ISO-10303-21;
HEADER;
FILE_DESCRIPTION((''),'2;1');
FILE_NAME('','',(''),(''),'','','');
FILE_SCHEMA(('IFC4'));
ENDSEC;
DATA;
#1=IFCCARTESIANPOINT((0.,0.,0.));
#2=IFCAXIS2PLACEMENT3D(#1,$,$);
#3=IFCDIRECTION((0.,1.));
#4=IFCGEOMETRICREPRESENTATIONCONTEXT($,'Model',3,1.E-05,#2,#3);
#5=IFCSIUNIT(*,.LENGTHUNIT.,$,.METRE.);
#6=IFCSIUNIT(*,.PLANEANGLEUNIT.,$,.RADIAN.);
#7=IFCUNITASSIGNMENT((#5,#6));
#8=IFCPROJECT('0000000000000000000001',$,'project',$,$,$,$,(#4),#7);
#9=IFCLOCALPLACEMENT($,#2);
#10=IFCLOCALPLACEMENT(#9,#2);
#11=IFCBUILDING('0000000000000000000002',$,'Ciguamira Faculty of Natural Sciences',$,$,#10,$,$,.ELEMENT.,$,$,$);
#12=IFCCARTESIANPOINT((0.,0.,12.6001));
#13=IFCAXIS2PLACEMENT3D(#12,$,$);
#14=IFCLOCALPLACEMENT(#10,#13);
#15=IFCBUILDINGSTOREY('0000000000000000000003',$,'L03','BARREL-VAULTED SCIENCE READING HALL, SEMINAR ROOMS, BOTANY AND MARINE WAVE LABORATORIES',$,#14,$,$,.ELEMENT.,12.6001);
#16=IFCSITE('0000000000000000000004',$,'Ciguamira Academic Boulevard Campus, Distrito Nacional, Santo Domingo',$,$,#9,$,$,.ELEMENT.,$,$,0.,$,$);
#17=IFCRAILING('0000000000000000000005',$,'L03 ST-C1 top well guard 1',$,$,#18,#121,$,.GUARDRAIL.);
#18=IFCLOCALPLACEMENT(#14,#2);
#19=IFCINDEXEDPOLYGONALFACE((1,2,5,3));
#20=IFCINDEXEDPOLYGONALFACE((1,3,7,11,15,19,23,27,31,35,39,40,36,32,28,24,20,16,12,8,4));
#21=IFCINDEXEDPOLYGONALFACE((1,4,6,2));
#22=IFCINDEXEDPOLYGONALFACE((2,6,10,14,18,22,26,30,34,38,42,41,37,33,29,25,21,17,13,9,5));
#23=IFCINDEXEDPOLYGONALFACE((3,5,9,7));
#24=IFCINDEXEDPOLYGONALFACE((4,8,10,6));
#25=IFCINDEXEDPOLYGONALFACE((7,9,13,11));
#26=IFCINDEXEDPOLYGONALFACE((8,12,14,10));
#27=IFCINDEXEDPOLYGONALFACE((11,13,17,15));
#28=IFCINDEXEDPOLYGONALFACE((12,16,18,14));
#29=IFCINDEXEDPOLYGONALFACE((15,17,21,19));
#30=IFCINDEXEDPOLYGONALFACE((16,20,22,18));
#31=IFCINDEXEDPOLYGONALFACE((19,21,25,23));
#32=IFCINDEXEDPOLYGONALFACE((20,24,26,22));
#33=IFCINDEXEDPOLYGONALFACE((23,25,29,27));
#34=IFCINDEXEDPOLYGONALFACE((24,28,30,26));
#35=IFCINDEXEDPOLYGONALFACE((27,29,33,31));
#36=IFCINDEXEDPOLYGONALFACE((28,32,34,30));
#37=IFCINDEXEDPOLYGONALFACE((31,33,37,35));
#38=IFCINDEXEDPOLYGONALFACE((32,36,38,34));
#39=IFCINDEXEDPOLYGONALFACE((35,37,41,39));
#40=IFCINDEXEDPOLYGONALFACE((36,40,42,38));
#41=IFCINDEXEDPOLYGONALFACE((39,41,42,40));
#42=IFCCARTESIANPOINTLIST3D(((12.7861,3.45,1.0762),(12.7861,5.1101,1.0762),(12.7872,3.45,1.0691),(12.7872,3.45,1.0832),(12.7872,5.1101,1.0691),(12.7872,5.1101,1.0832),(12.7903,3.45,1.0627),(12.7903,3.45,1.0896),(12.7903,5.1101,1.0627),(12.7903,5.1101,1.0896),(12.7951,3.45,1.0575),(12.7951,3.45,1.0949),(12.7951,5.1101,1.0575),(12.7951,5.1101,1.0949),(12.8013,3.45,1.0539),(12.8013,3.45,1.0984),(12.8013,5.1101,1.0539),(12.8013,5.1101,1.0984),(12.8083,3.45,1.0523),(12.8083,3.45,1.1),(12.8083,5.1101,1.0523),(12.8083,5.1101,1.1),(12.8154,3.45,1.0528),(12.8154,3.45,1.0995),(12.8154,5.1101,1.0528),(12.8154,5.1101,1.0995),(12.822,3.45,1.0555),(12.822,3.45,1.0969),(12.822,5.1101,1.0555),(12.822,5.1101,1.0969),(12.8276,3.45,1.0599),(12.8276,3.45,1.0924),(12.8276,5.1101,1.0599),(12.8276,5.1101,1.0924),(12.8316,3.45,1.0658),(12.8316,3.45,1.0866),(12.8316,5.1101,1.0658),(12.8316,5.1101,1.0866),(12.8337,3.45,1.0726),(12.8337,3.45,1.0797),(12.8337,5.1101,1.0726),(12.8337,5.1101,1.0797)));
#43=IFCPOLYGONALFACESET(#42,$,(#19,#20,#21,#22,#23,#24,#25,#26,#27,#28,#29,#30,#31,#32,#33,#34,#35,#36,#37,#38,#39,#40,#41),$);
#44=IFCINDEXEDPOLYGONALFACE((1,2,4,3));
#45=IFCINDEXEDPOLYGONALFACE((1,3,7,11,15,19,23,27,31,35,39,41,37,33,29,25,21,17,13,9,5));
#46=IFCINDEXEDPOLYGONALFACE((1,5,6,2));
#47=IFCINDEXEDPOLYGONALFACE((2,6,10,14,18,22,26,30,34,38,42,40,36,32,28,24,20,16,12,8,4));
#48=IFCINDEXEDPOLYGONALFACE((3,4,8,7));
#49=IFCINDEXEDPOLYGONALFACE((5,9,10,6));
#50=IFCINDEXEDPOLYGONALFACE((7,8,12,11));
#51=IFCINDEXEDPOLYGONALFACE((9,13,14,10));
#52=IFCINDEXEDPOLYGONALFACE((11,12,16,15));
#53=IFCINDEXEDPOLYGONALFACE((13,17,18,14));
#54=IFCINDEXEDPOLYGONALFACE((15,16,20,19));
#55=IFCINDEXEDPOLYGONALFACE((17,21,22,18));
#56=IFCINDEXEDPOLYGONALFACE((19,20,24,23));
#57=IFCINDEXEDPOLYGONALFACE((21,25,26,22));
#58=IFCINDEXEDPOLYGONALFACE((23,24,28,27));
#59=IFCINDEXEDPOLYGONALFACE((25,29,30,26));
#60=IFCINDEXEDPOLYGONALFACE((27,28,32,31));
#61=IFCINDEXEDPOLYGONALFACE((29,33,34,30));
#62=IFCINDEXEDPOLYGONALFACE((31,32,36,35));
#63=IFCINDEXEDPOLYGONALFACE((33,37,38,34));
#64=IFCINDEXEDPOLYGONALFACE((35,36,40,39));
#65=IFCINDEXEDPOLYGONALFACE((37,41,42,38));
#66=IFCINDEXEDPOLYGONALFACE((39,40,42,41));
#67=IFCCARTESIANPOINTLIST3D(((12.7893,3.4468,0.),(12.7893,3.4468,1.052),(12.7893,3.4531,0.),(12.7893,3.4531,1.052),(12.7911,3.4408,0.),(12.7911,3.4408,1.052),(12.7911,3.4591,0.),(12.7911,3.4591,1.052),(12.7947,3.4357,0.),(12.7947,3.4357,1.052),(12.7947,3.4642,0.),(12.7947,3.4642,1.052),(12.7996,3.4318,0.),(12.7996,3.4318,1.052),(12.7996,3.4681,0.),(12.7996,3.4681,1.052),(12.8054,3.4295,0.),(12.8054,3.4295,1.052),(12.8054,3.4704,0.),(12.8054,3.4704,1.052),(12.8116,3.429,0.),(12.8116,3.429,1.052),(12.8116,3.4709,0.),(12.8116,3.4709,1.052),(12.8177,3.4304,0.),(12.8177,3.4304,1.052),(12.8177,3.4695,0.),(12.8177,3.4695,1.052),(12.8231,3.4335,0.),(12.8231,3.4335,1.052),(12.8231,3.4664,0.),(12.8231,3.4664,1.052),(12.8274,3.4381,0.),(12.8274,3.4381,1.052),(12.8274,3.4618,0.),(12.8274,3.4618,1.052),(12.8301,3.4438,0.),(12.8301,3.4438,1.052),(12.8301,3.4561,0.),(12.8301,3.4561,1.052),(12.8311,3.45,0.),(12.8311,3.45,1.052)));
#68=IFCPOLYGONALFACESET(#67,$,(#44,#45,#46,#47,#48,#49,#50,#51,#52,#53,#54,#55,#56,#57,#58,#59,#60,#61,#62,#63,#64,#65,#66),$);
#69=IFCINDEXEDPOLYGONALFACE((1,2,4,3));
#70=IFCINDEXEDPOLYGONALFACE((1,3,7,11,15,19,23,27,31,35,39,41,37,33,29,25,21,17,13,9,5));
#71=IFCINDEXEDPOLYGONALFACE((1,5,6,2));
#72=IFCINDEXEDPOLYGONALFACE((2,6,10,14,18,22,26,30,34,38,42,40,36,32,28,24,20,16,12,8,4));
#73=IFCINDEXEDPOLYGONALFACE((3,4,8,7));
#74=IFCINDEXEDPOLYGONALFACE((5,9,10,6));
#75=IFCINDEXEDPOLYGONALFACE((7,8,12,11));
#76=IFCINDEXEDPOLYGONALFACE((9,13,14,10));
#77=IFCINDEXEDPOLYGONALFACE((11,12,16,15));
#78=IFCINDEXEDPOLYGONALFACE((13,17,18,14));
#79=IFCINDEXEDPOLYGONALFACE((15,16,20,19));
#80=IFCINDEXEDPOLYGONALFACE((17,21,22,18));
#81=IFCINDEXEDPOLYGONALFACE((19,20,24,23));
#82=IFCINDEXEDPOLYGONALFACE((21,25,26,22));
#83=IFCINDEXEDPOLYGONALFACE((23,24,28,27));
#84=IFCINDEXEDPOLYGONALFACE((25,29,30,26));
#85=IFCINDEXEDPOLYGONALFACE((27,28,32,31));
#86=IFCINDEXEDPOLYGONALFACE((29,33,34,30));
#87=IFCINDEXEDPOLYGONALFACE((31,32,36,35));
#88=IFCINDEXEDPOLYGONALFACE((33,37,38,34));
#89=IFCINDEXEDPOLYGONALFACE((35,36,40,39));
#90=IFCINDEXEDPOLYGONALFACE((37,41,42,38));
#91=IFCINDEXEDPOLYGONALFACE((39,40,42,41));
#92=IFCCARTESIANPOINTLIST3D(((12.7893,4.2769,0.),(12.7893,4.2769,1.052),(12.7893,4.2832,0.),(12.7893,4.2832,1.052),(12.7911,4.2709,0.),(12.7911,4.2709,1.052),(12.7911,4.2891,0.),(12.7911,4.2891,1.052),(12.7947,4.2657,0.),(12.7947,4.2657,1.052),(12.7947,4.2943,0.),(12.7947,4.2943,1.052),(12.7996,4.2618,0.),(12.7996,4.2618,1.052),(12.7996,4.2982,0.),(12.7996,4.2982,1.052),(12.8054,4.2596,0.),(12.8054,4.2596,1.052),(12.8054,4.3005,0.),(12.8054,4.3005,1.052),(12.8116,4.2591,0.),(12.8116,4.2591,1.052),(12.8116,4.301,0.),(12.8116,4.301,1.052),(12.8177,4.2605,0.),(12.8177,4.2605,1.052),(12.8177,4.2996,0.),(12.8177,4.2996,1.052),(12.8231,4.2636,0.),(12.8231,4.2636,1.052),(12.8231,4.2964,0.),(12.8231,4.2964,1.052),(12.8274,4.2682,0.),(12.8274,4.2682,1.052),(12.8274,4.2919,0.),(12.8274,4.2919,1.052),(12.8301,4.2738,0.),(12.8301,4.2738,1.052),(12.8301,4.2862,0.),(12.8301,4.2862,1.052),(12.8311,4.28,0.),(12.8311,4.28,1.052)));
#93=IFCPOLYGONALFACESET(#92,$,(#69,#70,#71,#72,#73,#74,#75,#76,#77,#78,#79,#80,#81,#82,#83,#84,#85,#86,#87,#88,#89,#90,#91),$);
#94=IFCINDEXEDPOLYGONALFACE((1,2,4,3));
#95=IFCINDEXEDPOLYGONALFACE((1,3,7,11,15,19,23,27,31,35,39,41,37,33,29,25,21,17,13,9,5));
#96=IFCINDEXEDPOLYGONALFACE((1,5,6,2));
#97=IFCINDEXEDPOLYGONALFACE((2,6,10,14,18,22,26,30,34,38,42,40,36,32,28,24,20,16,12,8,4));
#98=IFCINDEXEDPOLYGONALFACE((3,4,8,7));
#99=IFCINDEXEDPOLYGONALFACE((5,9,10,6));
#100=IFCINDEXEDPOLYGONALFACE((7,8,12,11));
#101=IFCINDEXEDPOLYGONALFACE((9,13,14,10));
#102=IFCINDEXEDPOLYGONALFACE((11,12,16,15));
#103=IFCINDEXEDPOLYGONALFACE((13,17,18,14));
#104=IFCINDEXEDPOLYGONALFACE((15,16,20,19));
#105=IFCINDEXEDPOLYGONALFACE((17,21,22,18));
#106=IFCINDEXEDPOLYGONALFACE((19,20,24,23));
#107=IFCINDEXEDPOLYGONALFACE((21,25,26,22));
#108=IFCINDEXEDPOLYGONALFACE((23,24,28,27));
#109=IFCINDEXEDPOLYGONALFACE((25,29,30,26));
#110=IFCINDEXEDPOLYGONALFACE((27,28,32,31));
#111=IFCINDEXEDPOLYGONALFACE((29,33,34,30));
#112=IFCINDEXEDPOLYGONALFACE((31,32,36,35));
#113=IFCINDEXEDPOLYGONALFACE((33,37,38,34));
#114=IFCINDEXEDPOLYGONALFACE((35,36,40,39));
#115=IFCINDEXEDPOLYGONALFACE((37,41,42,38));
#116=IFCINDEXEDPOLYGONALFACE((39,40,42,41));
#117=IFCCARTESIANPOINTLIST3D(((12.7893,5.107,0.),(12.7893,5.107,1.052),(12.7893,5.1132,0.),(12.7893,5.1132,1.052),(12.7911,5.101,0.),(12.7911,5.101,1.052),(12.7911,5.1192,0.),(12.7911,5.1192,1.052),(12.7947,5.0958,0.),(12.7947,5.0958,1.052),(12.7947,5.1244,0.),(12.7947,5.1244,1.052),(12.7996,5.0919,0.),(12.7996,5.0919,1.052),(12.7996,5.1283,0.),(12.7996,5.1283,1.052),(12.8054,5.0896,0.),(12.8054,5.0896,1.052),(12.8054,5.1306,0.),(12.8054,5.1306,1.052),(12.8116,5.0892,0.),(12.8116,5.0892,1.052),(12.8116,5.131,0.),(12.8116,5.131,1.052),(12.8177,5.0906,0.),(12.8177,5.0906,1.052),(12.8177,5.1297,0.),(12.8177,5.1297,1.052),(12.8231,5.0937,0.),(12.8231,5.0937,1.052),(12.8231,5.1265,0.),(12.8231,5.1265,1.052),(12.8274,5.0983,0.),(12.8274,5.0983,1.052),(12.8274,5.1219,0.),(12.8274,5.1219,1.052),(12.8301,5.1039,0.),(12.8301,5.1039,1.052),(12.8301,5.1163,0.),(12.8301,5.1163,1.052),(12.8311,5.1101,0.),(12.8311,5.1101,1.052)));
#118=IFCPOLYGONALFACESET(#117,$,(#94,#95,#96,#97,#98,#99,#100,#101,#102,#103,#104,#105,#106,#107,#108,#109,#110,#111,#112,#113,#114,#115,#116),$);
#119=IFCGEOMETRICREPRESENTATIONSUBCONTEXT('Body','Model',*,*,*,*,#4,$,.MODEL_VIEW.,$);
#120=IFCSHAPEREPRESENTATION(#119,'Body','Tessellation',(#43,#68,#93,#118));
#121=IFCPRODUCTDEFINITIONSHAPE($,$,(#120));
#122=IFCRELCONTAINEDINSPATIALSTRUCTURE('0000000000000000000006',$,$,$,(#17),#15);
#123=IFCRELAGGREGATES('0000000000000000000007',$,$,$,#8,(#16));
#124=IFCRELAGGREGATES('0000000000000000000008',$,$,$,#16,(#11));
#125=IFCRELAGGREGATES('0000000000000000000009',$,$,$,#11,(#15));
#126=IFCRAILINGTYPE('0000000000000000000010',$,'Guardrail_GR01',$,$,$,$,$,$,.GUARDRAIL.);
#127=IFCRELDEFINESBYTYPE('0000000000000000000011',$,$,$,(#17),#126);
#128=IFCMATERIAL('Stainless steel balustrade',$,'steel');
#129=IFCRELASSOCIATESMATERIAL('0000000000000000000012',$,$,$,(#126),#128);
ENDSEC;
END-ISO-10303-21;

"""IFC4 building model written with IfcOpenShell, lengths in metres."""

from ifc_helpers import new_model, si_unit, direction, frame, origin, origin_2d, place, context, subcontext, project, spatial, circle, extrude, material, type_object, element, save


model = new_model("IFC4")

# Units and contexts
model_context = context("Model", 3, precision=1e-05, world=origin(), true_north=direction((0.0, 1.0)))
body_context = subcontext(model_context, "Body", "Model", "MODEL_VIEW")
ifc_project = project(units=[si_unit("LENGTHUNIT", "METRE"), si_unit("PLANEANGLEUNIT", "RADIAN")], contexts=[model_context])

# Site, building, storey
site_placement = place(None, origin())
site = spatial("IfcSite", under=ifc_project, at=site_placement, Name="Ciguamira Academic Boulevard Campus, Distrito Nacional, Santo Domingo", CompositionType="ELEMENT", RefElevation=0.0)
building_placement = place(site_placement, origin())
building = spatial("IfcBuilding", under=site, at=building_placement, Name="Ciguamira Faculty of Natural Sciences", CompositionType="ELEMENT")
storey_placement = place(building_placement, frame((0.0, 0.0, 12.6001)))
storey = spatial("IfcBuildingStorey", under=building, at=storey_placement, Name="L03", Description="BARREL-VAULTED SCIENCE READING HALL, SEMINAR ROOMS, BOTANY AND MARINE WAVE LABORATORIES", CompositionType="ELEMENT", Elevation=12.6001)

# Railing
ifc_material_1 = material(Name="Stainless steel balustrade", Category="steel")
railing_type = type_object("IfcRailingType", Name="Guardrail_GR01", PredefinedType="GUARDRAIL", material=ifc_material_1)
railing_placement = place(storey_placement, frame((12.8101, 3.45, 0.0)))
element("IfcRailing", 1, at=railing_placement, inside=storey, type_object=railing_type, Name="L03 ST-C1 top well guard 1", PredefinedType="GUARDRAIL", context=body_context, shape_type="SweptSolid", body=[
    extrude(circle(Radius=0.0239, at=origin_2d()), frame((0.0, 0.0, 1.0762), z_axis=(0.0, 1.0, 0.0), x_axis=(-1.0, 0.0, 0.0)), (0.0, 0.0, 1.0), 1.6602),
    extrude(circle(Radius=0.021, at=origin_2d()), origin(), (0.0, 0.0, 1.0), 1.052),
    extrude(circle(Radius=0.021, at=origin_2d()), frame((0.0, 0.8301, 0.0)), (0.0, 0.0, 1.0), 1.052),
    extrude(circle(Radius=0.021, at=origin_2d()), frame((0.0, 1.6602, 0.0)), (0.0, 0.0, 1.0), 1.052),
])

save(model, "model.ifc")
